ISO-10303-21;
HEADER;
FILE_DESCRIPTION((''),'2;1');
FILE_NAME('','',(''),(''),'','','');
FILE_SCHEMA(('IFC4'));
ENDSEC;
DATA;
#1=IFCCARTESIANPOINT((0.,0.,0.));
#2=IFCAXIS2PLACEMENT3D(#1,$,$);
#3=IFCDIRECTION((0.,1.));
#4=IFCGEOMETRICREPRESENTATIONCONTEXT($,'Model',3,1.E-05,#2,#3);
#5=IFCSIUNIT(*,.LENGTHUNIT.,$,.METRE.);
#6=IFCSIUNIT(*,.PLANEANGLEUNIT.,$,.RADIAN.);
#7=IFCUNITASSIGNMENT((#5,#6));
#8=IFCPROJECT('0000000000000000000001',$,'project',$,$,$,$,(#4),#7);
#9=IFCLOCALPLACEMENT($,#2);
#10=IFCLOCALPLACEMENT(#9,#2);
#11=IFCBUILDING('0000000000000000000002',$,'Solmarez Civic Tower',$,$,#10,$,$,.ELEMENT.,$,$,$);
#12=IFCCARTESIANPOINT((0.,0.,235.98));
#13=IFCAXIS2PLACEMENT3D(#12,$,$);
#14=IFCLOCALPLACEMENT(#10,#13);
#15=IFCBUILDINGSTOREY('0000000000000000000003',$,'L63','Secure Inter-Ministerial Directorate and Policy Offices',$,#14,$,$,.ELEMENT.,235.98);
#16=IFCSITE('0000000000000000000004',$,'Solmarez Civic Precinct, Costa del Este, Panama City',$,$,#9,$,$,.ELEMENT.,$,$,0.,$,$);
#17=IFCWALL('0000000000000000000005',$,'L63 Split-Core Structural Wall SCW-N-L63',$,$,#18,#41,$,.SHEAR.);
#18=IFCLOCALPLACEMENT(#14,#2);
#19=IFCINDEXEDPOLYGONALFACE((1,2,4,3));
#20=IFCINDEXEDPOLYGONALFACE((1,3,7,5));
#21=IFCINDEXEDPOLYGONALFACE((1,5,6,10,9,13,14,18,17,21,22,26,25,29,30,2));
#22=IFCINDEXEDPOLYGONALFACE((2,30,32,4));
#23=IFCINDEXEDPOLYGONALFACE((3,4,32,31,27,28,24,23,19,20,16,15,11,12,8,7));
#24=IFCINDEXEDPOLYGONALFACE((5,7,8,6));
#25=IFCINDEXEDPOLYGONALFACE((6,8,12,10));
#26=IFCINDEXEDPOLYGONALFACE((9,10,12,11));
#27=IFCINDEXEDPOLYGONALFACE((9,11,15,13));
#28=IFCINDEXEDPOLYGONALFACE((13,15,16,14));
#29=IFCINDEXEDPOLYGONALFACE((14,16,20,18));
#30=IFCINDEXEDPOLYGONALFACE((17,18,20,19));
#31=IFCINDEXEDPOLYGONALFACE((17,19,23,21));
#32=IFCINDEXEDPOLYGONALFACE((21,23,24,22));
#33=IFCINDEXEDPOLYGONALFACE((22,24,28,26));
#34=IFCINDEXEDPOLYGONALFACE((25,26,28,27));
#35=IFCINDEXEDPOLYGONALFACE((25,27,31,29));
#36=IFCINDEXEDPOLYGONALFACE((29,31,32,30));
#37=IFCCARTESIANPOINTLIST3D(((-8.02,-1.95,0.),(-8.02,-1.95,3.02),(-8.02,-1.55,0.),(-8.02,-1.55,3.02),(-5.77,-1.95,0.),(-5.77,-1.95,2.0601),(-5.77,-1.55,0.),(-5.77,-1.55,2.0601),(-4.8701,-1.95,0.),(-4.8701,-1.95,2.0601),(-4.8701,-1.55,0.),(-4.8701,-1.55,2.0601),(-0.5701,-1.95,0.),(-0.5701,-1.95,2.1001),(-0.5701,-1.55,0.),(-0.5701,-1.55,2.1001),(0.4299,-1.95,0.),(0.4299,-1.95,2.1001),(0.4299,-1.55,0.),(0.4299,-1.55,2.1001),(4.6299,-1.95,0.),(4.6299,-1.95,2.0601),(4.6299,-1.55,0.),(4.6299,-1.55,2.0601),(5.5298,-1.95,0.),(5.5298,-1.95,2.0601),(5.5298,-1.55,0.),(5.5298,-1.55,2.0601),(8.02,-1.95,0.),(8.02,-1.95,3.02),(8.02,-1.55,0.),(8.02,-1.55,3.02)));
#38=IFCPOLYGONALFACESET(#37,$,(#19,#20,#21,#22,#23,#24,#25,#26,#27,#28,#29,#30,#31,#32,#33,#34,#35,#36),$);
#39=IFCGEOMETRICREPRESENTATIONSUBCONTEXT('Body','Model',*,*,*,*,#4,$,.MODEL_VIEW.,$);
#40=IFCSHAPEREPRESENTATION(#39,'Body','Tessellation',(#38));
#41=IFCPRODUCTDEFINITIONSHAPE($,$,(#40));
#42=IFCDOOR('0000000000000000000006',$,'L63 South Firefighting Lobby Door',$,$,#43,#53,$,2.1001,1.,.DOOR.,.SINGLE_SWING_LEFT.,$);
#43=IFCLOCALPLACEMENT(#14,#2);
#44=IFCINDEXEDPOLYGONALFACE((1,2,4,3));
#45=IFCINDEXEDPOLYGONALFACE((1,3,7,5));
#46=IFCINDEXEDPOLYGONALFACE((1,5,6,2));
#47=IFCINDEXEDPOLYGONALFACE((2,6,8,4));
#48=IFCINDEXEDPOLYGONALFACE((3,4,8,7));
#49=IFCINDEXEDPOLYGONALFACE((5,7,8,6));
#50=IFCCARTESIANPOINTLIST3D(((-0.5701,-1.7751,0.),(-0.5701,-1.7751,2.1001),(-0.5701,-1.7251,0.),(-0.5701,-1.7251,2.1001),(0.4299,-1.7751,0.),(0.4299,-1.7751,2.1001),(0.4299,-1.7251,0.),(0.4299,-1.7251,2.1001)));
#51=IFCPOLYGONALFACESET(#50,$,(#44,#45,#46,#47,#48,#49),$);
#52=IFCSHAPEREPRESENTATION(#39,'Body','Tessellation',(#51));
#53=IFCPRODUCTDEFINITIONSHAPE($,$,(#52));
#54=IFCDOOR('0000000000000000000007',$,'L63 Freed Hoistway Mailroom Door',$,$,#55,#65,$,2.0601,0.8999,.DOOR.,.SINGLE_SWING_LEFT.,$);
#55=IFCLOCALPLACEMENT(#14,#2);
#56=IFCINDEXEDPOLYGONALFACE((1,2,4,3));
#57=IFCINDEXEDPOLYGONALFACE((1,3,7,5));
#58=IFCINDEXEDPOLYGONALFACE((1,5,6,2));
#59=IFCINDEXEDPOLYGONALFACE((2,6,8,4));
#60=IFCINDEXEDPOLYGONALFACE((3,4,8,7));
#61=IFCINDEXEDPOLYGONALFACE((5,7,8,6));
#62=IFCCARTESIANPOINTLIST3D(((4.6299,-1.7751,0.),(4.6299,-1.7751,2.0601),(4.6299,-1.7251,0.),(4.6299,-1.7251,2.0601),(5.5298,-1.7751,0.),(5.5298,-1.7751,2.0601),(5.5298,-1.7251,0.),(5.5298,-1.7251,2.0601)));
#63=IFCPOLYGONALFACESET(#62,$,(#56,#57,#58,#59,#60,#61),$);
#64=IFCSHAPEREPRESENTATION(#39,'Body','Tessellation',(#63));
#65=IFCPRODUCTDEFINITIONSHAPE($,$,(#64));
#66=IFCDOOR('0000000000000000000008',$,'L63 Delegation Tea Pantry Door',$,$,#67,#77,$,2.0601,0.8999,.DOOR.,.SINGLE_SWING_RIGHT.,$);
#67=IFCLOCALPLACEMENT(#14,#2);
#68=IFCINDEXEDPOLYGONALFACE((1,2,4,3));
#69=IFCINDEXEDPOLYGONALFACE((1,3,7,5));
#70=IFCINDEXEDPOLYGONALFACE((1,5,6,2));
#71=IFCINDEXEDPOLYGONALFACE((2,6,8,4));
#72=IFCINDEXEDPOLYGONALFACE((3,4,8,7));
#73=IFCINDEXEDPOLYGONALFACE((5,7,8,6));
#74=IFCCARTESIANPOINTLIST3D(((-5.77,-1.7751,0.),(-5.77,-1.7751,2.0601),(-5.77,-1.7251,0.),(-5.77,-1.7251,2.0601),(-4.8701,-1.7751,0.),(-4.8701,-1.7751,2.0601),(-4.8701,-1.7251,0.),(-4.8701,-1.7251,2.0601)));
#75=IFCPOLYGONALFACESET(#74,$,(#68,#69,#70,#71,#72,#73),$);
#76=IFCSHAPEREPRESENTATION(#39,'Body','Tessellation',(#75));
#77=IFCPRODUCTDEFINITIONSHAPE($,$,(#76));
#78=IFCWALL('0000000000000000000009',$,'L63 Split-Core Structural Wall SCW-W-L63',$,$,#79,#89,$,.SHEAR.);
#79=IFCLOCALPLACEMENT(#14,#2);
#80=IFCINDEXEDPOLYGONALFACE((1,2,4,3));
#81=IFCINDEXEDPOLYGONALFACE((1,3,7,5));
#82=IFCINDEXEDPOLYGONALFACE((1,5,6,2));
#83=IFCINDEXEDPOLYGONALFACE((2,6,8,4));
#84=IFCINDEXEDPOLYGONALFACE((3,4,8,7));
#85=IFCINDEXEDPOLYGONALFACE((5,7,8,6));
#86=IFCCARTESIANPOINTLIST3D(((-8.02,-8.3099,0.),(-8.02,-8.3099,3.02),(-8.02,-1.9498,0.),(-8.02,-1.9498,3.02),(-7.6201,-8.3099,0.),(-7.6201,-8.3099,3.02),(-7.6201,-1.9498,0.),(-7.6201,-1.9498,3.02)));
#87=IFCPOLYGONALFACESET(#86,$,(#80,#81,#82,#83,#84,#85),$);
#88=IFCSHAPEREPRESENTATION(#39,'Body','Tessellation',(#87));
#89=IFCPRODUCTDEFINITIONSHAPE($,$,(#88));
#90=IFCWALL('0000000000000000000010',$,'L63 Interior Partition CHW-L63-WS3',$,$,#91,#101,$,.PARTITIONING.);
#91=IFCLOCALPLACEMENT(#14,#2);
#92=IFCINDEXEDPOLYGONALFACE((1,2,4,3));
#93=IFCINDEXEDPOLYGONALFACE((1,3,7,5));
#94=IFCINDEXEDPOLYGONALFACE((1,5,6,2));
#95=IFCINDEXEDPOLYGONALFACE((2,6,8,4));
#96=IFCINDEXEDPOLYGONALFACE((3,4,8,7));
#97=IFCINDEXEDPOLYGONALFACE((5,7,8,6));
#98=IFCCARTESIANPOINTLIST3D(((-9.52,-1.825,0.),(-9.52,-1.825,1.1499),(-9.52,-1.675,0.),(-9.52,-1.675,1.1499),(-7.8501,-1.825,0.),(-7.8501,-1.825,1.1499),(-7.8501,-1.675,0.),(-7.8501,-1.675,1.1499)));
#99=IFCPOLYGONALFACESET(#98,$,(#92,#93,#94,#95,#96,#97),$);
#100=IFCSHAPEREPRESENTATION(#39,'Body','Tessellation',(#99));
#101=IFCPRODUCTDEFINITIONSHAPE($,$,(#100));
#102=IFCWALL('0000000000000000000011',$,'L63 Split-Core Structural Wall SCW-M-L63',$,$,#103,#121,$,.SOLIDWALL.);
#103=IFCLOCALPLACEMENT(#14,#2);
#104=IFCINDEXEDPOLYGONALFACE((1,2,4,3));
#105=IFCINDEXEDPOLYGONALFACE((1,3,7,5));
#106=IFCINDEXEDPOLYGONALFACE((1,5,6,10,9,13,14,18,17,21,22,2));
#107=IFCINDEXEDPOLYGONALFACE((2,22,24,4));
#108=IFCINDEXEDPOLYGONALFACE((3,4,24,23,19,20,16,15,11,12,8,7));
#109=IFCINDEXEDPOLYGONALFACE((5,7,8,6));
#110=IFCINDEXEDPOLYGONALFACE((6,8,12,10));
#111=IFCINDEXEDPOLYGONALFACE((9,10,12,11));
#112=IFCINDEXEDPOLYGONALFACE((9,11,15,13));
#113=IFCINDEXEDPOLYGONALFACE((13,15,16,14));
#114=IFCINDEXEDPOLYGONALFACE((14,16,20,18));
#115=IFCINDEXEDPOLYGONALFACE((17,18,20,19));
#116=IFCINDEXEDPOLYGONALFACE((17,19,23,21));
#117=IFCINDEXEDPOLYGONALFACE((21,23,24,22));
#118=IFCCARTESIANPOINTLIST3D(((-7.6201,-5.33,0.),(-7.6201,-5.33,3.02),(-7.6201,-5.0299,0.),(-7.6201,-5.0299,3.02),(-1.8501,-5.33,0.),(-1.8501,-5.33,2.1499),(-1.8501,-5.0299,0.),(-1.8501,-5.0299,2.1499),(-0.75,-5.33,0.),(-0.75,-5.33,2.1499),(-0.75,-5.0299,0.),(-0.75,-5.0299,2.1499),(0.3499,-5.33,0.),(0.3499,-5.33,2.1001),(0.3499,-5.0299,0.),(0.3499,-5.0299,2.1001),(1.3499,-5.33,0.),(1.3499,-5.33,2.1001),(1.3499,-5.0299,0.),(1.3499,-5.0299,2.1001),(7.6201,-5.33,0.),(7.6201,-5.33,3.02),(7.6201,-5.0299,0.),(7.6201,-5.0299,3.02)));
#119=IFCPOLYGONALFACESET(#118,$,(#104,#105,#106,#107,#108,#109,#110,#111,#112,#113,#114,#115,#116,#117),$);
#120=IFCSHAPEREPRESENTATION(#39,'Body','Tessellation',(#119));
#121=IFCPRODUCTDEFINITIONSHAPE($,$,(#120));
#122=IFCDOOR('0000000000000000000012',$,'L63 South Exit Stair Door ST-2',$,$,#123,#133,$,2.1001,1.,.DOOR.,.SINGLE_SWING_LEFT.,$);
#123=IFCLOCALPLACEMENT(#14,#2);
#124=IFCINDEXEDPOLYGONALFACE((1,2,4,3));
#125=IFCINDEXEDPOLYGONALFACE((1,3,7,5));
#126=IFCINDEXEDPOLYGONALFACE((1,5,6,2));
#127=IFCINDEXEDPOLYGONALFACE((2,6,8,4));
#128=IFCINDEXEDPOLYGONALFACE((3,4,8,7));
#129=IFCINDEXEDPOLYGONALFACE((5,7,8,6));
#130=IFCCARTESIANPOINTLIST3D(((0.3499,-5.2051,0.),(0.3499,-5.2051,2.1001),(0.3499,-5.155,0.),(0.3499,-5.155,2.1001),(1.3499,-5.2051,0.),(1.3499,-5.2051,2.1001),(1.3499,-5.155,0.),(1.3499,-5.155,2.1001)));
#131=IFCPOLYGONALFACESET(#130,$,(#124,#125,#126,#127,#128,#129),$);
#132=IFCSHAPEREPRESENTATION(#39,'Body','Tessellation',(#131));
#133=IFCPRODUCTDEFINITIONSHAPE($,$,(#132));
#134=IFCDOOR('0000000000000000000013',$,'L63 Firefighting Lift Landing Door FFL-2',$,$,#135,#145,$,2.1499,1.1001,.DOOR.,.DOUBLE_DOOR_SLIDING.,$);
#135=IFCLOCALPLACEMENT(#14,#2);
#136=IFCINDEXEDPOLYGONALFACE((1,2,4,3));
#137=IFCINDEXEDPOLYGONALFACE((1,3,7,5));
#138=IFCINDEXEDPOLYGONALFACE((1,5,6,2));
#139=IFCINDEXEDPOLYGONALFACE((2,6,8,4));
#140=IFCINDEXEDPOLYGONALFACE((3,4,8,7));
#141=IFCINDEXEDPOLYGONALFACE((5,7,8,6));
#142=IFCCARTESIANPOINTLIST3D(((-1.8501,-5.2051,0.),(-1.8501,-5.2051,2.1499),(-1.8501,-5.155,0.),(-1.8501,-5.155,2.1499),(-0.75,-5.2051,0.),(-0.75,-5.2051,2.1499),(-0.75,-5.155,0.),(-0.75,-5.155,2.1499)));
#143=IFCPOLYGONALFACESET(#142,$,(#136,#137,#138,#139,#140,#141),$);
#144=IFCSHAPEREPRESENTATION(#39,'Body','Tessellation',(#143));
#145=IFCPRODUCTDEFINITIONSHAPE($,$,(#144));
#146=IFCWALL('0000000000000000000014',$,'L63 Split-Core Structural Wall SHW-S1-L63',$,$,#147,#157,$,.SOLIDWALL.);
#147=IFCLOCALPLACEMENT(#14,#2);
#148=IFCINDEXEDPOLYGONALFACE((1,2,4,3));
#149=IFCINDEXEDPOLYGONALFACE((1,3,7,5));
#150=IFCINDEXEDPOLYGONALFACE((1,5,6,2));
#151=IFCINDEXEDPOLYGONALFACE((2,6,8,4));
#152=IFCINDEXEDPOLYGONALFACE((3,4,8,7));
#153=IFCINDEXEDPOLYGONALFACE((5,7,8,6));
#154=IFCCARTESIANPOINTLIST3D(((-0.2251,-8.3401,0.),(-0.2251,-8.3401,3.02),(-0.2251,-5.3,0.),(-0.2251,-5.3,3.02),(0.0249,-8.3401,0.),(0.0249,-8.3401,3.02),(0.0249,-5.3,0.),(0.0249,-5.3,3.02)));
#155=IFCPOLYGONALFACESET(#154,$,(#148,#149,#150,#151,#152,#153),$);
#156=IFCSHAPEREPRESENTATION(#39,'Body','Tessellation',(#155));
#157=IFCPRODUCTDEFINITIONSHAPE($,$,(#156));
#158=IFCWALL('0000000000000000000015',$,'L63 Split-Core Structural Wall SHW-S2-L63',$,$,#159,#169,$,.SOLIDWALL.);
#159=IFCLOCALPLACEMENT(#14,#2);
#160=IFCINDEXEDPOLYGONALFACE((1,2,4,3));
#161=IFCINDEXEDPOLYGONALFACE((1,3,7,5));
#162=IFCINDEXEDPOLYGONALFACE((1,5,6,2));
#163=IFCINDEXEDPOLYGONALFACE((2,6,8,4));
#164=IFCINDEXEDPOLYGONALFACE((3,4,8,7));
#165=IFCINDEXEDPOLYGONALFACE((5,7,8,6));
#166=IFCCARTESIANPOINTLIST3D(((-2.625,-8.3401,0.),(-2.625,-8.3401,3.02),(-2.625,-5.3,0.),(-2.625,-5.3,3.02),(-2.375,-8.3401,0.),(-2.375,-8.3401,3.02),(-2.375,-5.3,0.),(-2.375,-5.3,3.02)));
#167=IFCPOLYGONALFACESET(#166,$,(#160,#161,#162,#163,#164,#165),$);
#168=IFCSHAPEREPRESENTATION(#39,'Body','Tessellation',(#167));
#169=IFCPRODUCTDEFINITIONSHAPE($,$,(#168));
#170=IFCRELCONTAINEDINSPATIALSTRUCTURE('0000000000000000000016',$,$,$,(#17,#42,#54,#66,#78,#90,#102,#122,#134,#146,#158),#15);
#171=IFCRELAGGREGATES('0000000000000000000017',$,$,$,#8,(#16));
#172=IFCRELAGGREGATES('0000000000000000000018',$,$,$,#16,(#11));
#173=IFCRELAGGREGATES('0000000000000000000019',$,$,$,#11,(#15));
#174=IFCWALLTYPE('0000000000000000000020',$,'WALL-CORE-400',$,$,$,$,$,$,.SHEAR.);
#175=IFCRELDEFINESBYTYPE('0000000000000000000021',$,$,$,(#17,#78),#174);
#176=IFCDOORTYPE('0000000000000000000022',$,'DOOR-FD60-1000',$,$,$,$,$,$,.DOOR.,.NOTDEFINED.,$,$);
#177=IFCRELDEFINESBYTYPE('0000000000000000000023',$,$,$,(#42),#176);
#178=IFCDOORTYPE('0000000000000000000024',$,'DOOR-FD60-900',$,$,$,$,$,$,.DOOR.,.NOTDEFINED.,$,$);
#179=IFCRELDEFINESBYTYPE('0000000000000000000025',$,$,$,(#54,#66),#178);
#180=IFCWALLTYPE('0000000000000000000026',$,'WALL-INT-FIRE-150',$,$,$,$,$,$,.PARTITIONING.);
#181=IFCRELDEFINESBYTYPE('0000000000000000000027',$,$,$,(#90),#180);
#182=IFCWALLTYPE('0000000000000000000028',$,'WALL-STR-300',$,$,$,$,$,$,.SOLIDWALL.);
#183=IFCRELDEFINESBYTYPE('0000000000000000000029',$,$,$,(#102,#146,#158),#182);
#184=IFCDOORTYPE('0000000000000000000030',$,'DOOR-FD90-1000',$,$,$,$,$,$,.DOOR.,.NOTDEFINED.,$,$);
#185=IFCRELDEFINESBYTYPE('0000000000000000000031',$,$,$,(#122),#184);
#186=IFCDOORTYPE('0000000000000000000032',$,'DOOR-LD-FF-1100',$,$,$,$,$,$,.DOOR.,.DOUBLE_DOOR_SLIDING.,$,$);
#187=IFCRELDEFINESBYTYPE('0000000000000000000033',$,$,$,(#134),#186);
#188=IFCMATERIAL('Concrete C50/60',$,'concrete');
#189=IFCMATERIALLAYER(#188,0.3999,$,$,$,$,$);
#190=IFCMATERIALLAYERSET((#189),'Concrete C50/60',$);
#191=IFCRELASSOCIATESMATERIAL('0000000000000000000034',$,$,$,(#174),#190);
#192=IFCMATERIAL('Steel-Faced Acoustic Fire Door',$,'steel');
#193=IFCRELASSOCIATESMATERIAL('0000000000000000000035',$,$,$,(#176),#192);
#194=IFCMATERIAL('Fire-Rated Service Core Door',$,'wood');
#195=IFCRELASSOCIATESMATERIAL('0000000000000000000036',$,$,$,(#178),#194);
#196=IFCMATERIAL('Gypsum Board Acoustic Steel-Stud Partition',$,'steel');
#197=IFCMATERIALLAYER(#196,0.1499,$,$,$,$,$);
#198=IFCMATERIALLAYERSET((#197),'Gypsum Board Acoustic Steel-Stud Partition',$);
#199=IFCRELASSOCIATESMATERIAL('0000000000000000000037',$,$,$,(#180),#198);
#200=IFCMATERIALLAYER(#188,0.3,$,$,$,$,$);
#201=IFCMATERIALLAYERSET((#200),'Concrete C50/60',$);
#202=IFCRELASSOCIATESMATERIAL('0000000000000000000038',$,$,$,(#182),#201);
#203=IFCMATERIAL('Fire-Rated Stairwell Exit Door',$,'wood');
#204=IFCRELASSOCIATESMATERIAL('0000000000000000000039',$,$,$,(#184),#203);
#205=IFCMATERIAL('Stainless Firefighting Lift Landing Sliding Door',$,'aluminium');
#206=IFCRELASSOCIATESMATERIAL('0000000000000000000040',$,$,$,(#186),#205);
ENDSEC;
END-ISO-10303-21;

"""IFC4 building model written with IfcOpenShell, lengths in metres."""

from ifc_helpers import new_model, si_unit, direction, frame, frame_2d, origin, place, context, subcontext, project, spatial, rectangle, extrude, material, layer, layer_set, type_object, element, fill, save


model = new_model("IFC4")

# Units and contexts
model_context = context("Model", 3, precision=1e-05, world=origin(), true_north=direction((0.0, 1.0)))
body_context = subcontext(model_context, "Body", "Model", "MODEL_VIEW")
ifc_project = project(units=[si_unit("LENGTHUNIT", "METRE"), si_unit("PLANEANGLEUNIT", "RADIAN")], contexts=[model_context])

# Site, building, storey
site_placement = place(None, origin())
site = spatial("IfcSite", under=ifc_project, at=site_placement, Name="Solmarez Civic Precinct, Costa del Este, Panama City", CompositionType="ELEMENT", RefElevation=0.0)
building_placement = place(site_placement, origin())
building = spatial("IfcBuilding", under=site, at=building_placement, Name="Solmarez Civic Tower", CompositionType="ELEMENT")
storey_placement = place(building_placement, frame((0.0, 0.0, 235.98)))
storey = spatial("IfcBuildingStorey", under=building, at=storey_placement, Name="L63", Description="Secure Inter-Ministerial Directorate and Policy Offices", CompositionType="ELEMENT", Elevation=235.98)

# Shared definitions
ifc_material_1 = material(Name="Concrete C50/60", Category="concrete")

# Wall, openings, doors
ifc_layer_1 = layer(ifc_material_1, 0.3999)
ifc_layer_set_1 = layer_set([ifc_layer_1], Name="Concrete C50/60")
wall_type_1 = type_object("IfcWallType", Name="WALL-CORE-400", PredefinedType="SHEAR", material=ifc_layer_set_1)
wall_1_placement = place(storey_placement, frame((-8.02, -1.75, 0.0), z_axis=(0.0, 0.0, 1.0), x_axis=(1.0, 0.0, 0.0)))
wall_1 = element("IfcWall", 1, at=wall_1_placement, inside=storey, type_object=wall_type_1, Name="L63 Split-Core Structural Wall SCW-N-L63", PredefinedType="SHEAR", context=body_context, shape_type="SweptSolid", body=[
    extrude(rectangle(XDim=16.04, YDim=0.3999, at=frame_2d((8.02, 0.0))), origin(), (0.0, 0.0, 1.0), 3.02),
])
opening_1_placement = place(wall_1_placement, frame((7.45, 0.0, 0.0)))
opening_1 = element("IfcOpeningElement", 2, at=opening_1_placement, cuts=wall_1, PredefinedType="OPENING", context=body_context, shape_type="SweptSolid", body=[
    extrude(rectangle(XDim=1.0, YDim=2.1001, at=frame_2d((0.5, 1.05))), frame((0.0, 0.21, 0.0), z_axis=(0.0, -1.0, 0.0), x_axis=(1.0, 0.0, 0.0)), (0.0, 0.0, 1.0), 0.4199),
])
opening_2_placement = place(wall_1_placement, frame((12.6499, 0.0, 0.0)))
opening_2 = element("IfcOpeningElement", 3, at=opening_2_placement, cuts=wall_1, PredefinedType="OPENING", context=body_context, shape_type="SweptSolid", body=[
    extrude(rectangle(XDim=0.8999, YDim=2.0601, at=frame_2d((0.45, 1.03))), frame((0.0, 0.21, 0.0), z_axis=(0.0, -1.0, 0.0), x_axis=(1.0, 0.0, 0.0)), (0.0, 0.0, 1.0), 0.4199),
])
opening_3_placement = place(wall_1_placement, frame((2.25, 0.0, 0.0)))
opening_3 = element("IfcOpeningElement", 4, at=opening_3_placement, cuts=wall_1, PredefinedType="OPENING", context=body_context, shape_type="SweptSolid", body=[
    extrude(rectangle(XDim=0.8999, YDim=2.0601, at=frame_2d((0.45, 1.03))), frame((0.0, 0.21, 0.0), z_axis=(0.0, -1.0, 0.0), x_axis=(1.0, 0.0, 0.0)), (0.0, 0.0, 1.0), 0.4199),
])
ifc_material_2 = material(Name="Steel-Faced Acoustic Fire Door", Category="steel")
door_type_1 = type_object("IfcDoorType", Name="DOOR-FD60-1000", OperationType="NOTDEFINED", PredefinedType="DOOR", material=ifc_material_2)
door_1_placement = place(opening_1_placement, origin())
door_1 = element("IfcDoor", 5, at=door_1_placement, inside=storey, type_object=door_type_1, Name="L63 South Firefighting Lobby Door", OperationType="SINGLE_SWING_LEFT", OverallHeight=2.1001, OverallWidth=1.0, PredefinedType="DOOR", context=body_context, shape_type="SweptSolid", body=[
    extrude(rectangle(XDim=1.0, YDim=2.1001, at=frame_2d((0.5, 1.05))), frame((0.0, 0.0249, 0.0), z_axis=(0.0, -1.0, 0.0), x_axis=(1.0, 0.0, 0.0)), (0.0, 0.0, 1.0), 0.05),
])
fill(opening_1, door_1)
ifc_material_3 = material(Name="Fire-Rated Service Core Door", Category="wood")
door_type_2 = type_object("IfcDoorType", Name="DOOR-FD60-900", OperationType="NOTDEFINED", PredefinedType="DOOR", material=ifc_material_3)
door_2_placement = place(opening_2_placement, origin())
door_2 = element("IfcDoor", 6, at=door_2_placement, inside=storey, type_object=door_type_2, Name="L63 Freed Hoistway Mailroom Door", OperationType="SINGLE_SWING_LEFT", OverallHeight=2.0601, OverallWidth=0.8999, PredefinedType="DOOR", context=body_context, shape_type="SweptSolid", body=[
    extrude(rectangle(XDim=0.8999, YDim=2.0601, at=frame_2d((0.45, 1.03))), frame((0.0, 0.0249, 0.0), z_axis=(0.0, -1.0, 0.0), x_axis=(1.0, 0.0, 0.0)), (0.0, 0.0, 1.0), 0.05),
])
fill(opening_2, door_2)
door_3_placement = place(opening_3_placement, origin())
door_3 = element("IfcDoor", 7, at=door_3_placement, inside=storey, type_object=door_type_2, Name="L63 Delegation Tea Pantry Door", OperationType="SINGLE_SWING_RIGHT", OverallHeight=2.0601, OverallWidth=0.8999, PredefinedType="DOOR", context=body_context, shape_type="SweptSolid", body=[
    extrude(rectangle(XDim=0.8999, YDim=2.0601, at=frame_2d((0.45, 1.03))), frame((0.0, 0.0249, 0.0), z_axis=(0.0, -1.0, 0.0), x_axis=(1.0, 0.0, 0.0)), (0.0, 0.0, 1.0), 0.05),
])
fill(opening_3, door_3)

# Walls
wall_2_placement = place(storey_placement, frame((-7.8201, -8.3101, 0.0), z_axis=(0.0, 0.0, 1.0), x_axis=(0.0, 1.0, 0.0)))
element("IfcWall", 8, at=wall_2_placement, inside=storey, type_object=wall_type_1, Name="L63 Split-Core Structural Wall SCW-W-L63", PredefinedType="SHEAR", context=body_context, shape_type="SweptSolid", body=[
    extrude(rectangle(XDim=6.3601, YDim=0.3999, at=frame_2d((3.1802, 0.0))), origin(), (0.0, 0.0, 1.0), 3.02),
])
ifc_material_4 = material(Name="Gypsum Board Acoustic Steel-Stud Partition", Category="steel")
ifc_layer_2 = layer(ifc_material_4, 0.1499)
ifc_layer_set_2 = layer_set([ifc_layer_2], Name="Gypsum Board Acoustic Steel-Stud Partition")
wall_type_2 = type_object("IfcWallType", Name="WALL-INT-FIRE-150", PredefinedType="PARTITIONING", material=ifc_layer_set_2)
wall_3_placement = place(storey_placement, frame((-7.8501, -1.75, 0.0), z_axis=(0.0, 0.0, 1.0), x_axis=(-1.0, 0.0, 0.0)))
element("IfcWall", 9, at=wall_3_placement, inside=storey, type_object=wall_type_2, Name="L63 Interior Partition CHW-L63-WS3", PredefinedType="PARTITIONING", context=body_context, shape_type="SweptSolid", body=[
    extrude(rectangle(XDim=1.6699, YDim=0.1499, at=frame_2d((0.835, 0.0))), origin(), (0.0, 0.0, 1.0), 1.1499),
])

# Wall, openings, doors
ifc_layer_3 = layer(ifc_material_1, 0.3)
ifc_layer_set_3 = layer_set([ifc_layer_3], Name="Concrete C50/60")
wall_type_3 = type_object("IfcWallType", Name="WALL-STR-300", PredefinedType="SOLIDWALL", material=ifc_layer_set_3)
wall_4_placement = place(storey_placement, frame((-7.6201, -5.1799, 0.0), z_axis=(0.0, 0.0, 1.0), x_axis=(1.0, 0.0, 0.0)))
wall_4 = element("IfcWall", 10, at=wall_4_placement, inside=storey, type_object=wall_type_3, Name="L63 Split-Core Structural Wall SCW-M-L63", PredefinedType="SOLIDWALL", context=body_context, shape_type="SweptSolid", body=[
    extrude(rectangle(XDim=15.2402, YDim=0.3, at=frame_2d((7.6201, 0.0))), origin(), (0.0, 0.0, 1.0), 3.02),
])
opening_4_placement = place(wall_4_placement, frame((5.77, 0.0, 0.0)))
opening_4 = element("IfcOpeningElement", 11, at=opening_4_placement, cuts=wall_4, PredefinedType="OPENING", context=body_context, shape_type="SweptSolid", body=[
    extrude(rectangle(XDim=1.1001, YDim=2.1499, at=frame_2d((0.55, 1.075))), frame((0.0, 0.1599, 0.0), z_axis=(0.0, -1.0, 0.0), x_axis=(1.0, 0.0, 0.0)), (0.0, 0.0, 1.0), 0.3201),
])
opening_5_placement = place(wall_4_placement, frame((7.97, 0.0, 0.0)))
opening_5 = element("IfcOpeningElement", 12, at=opening_5_placement, cuts=wall_4, PredefinedType="OPENING", context=body_context, shape_type="SweptSolid", body=[
    extrude(rectangle(XDim=1.0, YDim=2.1001, at=frame_2d((0.5, 1.05))), frame((0.0, 0.1599, 0.0), z_axis=(0.0, -1.0, 0.0), x_axis=(1.0, 0.0, 0.0)), (0.0, 0.0, 1.0), 0.3201),
])
ifc_material_5 = material(Name="Fire-Rated Stairwell Exit Door", Category="wood")
door_type_3 = type_object("IfcDoorType", Name="DOOR-FD90-1000", OperationType="NOTDEFINED", PredefinedType="DOOR", material=ifc_material_5)
door_4_placement = place(opening_5_placement, origin())
door_4 = element("IfcDoor", 13, at=door_4_placement, inside=storey, type_object=door_type_3, Name="L63 South Exit Stair Door ST-2", OperationType="SINGLE_SWING_LEFT", OverallHeight=2.1001, OverallWidth=1.0, PredefinedType="DOOR", context=body_context, shape_type="SweptSolid", body=[
    extrude(rectangle(XDim=1.0, YDim=2.1001, at=frame_2d((0.5, 1.05))), frame((0.0, 0.0249, 0.0), z_axis=(0.0, -1.0, 0.0), x_axis=(1.0, 0.0, 0.0)), (0.0, 0.0, 1.0), 0.05),
])
fill(opening_5, door_4)
ifc_material_6 = material(Name="Stainless Firefighting Lift Landing Sliding Door", Category="aluminium")
door_type_4 = type_object("IfcDoorType", Name="DOOR-LD-FF-1100", OperationType="DOUBLE_DOOR_SLIDING", PredefinedType="DOOR", material=ifc_material_6)
door_5_placement = place(opening_4_placement, origin())
door_5 = element("IfcDoor", 14, at=door_5_placement, inside=storey, type_object=door_type_4, Name="L63 Firefighting Lift Landing Door FFL-2", OperationType="DOUBLE_DOOR_SLIDING", OverallHeight=2.1499, OverallWidth=1.1001, PredefinedType="DOOR", context=body_context, shape_type="SweptSolid", body=[
    extrude(rectangle(XDim=1.1001, YDim=2.1499, at=frame_2d((0.55, 1.075))), frame((0.0, 0.0249, 0.0), z_axis=(0.0, -1.0, 0.0), x_axis=(1.0, 0.0, 0.0)), (0.0, 0.0, 1.0), 0.05),
])
fill(opening_4, door_5)

# Walls
for number, where, z_axis, x_axis, name in (
    (15, (-0.1001, -8.3401, 0.0), (0.0, 0.0, 1.0), (0.0, 1.0, 0.0), "L63 Split-Core Structural Wall SHW-S1-L63"),
    (16, (-2.5, -8.3401, 0.0), (0.0, 0.0, 1.0), (0.0, 1.0, 0.0), "L63 Split-Core Structural Wall SHW-S2-L63"),
):
    element("IfcWall", number, at=place(storey_placement, frame(where, z_axis=z_axis, x_axis=x_axis)), inside=storey, type_object=wall_type_3, Name=name, PredefinedType="SOLIDWALL", context=body_context, shape_type="SweptSolid", body=[
        extrude(rectangle(XDim=3.04, YDim=0.25, at=frame_2d((1.52, 0.0))), origin(), (0.0, 0.0, 1.0), 3.02),
    ])

save(model, "model.ifc")
